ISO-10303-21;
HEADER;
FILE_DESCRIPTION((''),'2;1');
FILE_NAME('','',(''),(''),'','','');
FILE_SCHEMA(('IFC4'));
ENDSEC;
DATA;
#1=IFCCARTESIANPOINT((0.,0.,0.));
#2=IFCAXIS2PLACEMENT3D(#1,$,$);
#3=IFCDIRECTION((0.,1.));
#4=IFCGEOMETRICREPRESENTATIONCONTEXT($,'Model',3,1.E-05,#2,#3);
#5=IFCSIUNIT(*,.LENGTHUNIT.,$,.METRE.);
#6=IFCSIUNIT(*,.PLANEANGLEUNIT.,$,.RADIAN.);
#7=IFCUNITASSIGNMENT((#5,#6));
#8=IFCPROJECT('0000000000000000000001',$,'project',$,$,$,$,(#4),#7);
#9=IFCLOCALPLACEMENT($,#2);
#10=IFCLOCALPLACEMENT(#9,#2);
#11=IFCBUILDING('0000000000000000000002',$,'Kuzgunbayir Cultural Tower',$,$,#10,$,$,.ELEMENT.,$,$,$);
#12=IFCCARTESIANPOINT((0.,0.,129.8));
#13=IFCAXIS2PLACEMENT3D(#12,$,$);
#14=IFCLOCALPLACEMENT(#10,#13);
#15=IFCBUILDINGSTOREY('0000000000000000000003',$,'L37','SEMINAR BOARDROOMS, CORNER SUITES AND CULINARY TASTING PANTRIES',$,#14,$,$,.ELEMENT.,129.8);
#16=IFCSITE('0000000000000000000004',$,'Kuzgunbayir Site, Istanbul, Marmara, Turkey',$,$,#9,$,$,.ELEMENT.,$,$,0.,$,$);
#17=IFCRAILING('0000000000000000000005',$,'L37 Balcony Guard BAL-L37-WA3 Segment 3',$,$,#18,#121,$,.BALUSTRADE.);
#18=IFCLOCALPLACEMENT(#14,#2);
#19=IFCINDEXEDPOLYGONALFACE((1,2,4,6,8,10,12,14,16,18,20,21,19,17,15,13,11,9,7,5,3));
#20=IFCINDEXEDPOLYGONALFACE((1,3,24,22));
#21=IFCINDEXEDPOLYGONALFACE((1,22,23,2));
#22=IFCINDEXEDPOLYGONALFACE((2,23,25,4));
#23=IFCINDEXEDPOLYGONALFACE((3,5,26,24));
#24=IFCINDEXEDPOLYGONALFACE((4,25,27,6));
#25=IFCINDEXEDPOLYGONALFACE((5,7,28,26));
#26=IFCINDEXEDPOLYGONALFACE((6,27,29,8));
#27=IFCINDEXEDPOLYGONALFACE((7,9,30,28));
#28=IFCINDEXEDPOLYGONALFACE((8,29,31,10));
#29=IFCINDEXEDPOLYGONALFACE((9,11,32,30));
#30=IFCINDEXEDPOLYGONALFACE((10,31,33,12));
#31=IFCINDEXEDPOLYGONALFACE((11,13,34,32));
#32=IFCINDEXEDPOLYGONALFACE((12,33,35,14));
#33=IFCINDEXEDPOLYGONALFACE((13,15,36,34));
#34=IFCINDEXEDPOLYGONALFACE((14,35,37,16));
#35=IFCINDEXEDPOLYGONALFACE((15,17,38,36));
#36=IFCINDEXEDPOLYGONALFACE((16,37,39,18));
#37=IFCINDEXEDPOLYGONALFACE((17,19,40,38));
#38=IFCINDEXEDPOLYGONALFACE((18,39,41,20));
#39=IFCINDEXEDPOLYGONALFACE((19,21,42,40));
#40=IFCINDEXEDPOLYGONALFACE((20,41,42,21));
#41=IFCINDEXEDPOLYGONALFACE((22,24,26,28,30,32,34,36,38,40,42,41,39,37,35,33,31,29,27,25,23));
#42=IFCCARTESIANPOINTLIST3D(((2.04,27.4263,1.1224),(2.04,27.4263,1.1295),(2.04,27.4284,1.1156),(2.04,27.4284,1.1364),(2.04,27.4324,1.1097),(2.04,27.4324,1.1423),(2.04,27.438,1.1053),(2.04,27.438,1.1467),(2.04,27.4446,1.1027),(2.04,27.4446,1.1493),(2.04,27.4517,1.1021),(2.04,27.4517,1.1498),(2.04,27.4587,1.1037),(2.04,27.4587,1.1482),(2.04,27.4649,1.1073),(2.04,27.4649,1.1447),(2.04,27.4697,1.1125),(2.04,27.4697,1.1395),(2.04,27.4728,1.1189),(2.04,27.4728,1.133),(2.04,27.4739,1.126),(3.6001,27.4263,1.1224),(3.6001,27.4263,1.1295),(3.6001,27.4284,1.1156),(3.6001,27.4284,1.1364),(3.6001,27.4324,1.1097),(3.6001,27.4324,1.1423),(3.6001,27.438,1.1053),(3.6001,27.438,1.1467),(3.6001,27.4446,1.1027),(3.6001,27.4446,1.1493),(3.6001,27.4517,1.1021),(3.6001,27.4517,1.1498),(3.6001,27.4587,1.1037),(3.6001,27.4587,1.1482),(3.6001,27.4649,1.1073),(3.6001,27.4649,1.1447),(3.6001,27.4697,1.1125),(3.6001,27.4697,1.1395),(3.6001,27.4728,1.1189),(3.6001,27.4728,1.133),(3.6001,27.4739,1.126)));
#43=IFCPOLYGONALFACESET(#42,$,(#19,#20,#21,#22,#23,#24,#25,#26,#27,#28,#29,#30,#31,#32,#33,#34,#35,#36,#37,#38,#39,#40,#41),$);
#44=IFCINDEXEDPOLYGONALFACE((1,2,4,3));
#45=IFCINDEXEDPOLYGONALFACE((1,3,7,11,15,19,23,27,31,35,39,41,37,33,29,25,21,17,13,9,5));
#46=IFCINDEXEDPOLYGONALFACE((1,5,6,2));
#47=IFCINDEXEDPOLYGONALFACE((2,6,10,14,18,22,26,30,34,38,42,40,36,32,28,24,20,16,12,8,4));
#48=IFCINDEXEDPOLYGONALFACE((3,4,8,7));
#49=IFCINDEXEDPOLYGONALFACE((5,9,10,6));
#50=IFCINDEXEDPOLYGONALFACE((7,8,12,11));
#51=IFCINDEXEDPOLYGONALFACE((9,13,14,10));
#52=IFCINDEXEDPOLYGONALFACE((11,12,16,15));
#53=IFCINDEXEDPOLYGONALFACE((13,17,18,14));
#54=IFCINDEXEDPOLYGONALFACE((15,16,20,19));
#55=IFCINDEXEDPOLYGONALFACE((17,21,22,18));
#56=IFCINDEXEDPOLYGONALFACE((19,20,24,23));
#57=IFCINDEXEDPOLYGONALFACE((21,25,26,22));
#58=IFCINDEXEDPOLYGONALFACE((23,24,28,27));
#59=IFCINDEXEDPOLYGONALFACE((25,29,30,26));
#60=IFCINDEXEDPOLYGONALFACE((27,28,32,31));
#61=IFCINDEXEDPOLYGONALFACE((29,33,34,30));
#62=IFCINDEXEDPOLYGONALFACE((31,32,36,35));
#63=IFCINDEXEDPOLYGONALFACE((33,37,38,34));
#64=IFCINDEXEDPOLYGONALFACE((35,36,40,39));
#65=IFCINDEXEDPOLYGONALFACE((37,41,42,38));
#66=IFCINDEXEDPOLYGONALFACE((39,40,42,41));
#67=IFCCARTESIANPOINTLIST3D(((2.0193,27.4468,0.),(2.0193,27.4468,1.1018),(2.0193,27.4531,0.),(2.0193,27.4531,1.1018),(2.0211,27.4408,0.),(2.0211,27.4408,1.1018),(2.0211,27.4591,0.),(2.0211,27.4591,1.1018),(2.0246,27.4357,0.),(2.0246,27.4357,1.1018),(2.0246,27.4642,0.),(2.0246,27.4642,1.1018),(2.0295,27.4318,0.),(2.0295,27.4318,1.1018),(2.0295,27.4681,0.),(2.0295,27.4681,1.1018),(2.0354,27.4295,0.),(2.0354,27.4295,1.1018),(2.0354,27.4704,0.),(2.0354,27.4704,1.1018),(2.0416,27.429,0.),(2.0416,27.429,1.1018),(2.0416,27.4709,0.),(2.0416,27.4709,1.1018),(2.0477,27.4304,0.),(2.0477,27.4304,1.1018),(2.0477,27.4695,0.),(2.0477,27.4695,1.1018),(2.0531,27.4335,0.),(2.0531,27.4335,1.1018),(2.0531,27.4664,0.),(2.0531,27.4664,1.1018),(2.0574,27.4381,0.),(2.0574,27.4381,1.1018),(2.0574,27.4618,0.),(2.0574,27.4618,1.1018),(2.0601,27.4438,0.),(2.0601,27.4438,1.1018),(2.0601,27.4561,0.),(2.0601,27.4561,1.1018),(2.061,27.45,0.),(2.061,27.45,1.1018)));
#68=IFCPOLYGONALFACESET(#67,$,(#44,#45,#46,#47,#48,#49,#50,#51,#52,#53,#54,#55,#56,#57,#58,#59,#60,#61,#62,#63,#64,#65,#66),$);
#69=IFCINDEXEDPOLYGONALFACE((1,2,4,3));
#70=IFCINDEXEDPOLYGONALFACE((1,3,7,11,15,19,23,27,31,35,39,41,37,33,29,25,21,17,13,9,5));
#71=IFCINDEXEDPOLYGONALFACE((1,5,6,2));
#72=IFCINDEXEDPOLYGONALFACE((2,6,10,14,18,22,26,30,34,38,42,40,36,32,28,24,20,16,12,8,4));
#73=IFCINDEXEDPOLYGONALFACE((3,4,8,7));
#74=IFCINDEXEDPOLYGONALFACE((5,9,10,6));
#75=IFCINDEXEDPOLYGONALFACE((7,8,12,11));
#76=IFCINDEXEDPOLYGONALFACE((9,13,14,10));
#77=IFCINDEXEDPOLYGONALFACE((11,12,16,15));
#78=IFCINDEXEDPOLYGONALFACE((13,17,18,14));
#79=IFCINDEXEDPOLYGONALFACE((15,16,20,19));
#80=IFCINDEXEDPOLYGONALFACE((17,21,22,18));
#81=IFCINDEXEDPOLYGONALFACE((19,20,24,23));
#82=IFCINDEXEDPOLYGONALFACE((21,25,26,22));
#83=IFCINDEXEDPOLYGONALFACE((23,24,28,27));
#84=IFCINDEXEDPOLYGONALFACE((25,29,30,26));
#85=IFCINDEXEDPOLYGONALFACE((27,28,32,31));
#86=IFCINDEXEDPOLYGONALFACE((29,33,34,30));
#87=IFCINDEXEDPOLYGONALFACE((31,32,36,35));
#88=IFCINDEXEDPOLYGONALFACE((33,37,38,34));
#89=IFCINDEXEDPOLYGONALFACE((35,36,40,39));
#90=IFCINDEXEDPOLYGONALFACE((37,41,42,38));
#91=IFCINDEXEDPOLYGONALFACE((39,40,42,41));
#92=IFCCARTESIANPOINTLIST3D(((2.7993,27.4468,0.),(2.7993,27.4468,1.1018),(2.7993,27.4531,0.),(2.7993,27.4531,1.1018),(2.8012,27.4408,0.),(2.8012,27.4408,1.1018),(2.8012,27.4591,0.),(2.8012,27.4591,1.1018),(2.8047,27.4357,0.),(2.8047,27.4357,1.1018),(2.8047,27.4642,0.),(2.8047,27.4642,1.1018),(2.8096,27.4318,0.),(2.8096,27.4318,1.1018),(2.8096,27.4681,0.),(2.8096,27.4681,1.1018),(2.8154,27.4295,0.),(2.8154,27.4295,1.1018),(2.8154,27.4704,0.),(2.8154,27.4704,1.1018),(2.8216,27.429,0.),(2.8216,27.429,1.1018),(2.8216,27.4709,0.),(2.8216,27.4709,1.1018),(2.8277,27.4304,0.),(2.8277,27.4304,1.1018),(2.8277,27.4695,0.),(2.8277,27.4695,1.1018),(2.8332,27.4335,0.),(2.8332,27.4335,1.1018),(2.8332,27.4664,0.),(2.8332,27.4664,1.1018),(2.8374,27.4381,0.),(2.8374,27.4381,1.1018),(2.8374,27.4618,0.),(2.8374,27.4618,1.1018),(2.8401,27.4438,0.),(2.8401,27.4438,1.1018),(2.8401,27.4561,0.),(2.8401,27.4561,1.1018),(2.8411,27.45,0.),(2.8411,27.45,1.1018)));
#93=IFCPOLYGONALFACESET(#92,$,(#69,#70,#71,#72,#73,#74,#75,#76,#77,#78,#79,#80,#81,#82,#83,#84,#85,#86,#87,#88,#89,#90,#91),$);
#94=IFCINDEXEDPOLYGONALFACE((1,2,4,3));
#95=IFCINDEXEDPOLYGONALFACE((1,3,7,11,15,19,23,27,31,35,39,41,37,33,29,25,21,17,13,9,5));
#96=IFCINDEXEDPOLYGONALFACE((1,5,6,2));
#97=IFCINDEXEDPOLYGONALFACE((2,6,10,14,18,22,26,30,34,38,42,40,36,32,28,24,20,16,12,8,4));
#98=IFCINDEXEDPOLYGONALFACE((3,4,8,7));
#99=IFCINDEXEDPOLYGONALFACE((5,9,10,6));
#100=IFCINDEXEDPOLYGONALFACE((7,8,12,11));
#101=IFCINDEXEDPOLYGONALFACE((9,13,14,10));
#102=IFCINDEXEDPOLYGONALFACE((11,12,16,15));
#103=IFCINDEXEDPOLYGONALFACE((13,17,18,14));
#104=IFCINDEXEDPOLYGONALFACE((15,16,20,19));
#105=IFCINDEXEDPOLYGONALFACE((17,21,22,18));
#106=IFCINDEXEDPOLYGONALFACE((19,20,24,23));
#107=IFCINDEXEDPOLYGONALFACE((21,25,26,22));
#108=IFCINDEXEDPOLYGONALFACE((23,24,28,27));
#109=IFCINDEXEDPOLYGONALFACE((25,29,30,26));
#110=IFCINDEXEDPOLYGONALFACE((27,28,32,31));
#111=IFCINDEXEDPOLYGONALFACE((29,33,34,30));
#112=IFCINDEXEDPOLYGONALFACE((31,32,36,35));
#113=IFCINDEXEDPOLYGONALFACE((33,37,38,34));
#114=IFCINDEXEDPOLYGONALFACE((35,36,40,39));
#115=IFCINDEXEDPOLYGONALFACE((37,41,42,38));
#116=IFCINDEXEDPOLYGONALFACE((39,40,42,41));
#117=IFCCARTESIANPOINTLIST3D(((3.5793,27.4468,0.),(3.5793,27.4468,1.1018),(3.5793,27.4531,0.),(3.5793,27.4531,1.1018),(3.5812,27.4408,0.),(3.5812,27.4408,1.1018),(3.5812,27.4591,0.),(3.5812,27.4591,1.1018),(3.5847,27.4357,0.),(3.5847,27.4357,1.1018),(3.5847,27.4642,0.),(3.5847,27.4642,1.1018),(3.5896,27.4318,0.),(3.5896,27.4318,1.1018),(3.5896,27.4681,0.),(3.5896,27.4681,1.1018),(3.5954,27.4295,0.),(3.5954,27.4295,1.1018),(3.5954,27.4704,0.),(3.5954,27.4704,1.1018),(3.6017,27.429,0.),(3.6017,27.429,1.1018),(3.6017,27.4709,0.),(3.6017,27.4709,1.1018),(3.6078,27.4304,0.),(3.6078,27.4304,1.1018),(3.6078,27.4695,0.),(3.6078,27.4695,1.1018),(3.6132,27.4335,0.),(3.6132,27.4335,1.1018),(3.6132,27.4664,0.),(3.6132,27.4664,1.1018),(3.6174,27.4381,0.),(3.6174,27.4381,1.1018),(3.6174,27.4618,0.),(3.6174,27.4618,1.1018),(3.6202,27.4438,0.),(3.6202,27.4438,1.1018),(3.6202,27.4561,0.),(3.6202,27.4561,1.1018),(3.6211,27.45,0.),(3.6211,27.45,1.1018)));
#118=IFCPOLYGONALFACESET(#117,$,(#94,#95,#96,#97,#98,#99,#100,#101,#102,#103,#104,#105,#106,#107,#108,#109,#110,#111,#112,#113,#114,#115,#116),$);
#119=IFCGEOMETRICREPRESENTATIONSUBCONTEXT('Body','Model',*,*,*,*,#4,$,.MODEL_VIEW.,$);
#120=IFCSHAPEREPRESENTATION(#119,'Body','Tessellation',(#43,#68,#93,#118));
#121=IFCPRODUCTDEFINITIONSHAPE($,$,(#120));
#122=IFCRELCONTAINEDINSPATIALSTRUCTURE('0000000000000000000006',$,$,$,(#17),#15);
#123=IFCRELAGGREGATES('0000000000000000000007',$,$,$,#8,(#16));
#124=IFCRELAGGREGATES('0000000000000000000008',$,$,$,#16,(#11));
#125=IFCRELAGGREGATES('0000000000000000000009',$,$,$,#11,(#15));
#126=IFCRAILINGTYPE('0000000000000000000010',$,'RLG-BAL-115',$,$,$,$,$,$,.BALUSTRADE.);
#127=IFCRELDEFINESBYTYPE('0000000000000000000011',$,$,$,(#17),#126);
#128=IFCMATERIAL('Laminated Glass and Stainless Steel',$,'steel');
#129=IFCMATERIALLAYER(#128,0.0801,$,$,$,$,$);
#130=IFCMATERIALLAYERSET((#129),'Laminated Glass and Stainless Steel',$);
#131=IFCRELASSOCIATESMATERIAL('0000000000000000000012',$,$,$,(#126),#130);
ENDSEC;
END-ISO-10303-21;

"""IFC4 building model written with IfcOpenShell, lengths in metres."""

from ifc_helpers import new_model, si_unit, direction, frame, origin, origin_2d, place, context, subcontext, project, spatial, circle, extrude, material, layer, layer_set, type_object, element, save


model = new_model("IFC4")

# Units and contexts
model_context = context("Model", 3, precision=1e-05, world=origin(), true_north=direction((0.0, 1.0)))
body_context = subcontext(model_context, "Body", "Model", "MODEL_VIEW")
ifc_project = project(units=[si_unit("LENGTHUNIT", "METRE"), si_unit("PLANEANGLEUNIT", "RADIAN")], contexts=[model_context])

# Site, building, storey
site_placement = place(None, origin())
site = spatial("IfcSite", under=ifc_project, at=site_placement, Name="Kuzgunbayir Site, Istanbul, Marmara, Turkey", CompositionType="ELEMENT", RefElevation=0.0)
building_placement = place(site_placement, origin())
building = spatial("IfcBuilding", under=site, at=building_placement, Name="Kuzgunbayir Cultural Tower", CompositionType="ELEMENT")
storey_placement = place(building_placement, frame((0.0, 0.0, 129.8)))
storey = spatial("IfcBuildingStorey", under=building, at=storey_placement, Name="L37", Description="SEMINAR BOARDROOMS, CORNER SUITES AND CULINARY TASTING PANTRIES", CompositionType="ELEMENT", Elevation=129.8)

# Railing
ifc_material_1 = material(Name="Laminated Glass and Stainless Steel", Category="steel")
ifc_layer_1 = layer(ifc_material_1, 0.0801)
ifc_layer_set_1 = layer_set([ifc_layer_1], Name="Laminated Glass and Stainless Steel")
railing_type = type_object("IfcRailingType", Name="RLG-BAL-115", PredefinedType="BALUSTRADE", material=ifc_layer_set_1)
railing_1_placement = place(storey_placement, frame((2.04, 27.45, 0.0)))
element("IfcRailing", 1, at=railing_1_placement, inside=storey, type_object=railing_type, Name="L37 Balcony Guard BAL-L37-WA3 Segment 3", PredefinedType="BALUSTRADE", context=body_context, shape_type="SweptSolid", body=[
    extrude(circle(Radius=0.0239, at=origin_2d()), frame((0.0, 0.0, 1.126), z_axis=(1.0, 0.0, 0.0), x_axis=(0.0, 1.0, 0.0)), (0.0, 0.0, 1.0), 1.5601),
    extrude(circle(Radius=0.021, at=origin_2d()), origin(), (0.0, 0.0, 1.0), 1.1018),
    extrude(circle(Radius=0.021, at=origin_2d()), frame((0.78, 0.0, 0.0)), (0.0, 0.0, 1.0), 1.1018),
    extrude(circle(Radius=0.021, at=origin_2d()), frame((1.5601, 0.0, 0.0)), (0.0, 0.0, 1.0), 1.1018),
])

save(model, "model.ifc")
